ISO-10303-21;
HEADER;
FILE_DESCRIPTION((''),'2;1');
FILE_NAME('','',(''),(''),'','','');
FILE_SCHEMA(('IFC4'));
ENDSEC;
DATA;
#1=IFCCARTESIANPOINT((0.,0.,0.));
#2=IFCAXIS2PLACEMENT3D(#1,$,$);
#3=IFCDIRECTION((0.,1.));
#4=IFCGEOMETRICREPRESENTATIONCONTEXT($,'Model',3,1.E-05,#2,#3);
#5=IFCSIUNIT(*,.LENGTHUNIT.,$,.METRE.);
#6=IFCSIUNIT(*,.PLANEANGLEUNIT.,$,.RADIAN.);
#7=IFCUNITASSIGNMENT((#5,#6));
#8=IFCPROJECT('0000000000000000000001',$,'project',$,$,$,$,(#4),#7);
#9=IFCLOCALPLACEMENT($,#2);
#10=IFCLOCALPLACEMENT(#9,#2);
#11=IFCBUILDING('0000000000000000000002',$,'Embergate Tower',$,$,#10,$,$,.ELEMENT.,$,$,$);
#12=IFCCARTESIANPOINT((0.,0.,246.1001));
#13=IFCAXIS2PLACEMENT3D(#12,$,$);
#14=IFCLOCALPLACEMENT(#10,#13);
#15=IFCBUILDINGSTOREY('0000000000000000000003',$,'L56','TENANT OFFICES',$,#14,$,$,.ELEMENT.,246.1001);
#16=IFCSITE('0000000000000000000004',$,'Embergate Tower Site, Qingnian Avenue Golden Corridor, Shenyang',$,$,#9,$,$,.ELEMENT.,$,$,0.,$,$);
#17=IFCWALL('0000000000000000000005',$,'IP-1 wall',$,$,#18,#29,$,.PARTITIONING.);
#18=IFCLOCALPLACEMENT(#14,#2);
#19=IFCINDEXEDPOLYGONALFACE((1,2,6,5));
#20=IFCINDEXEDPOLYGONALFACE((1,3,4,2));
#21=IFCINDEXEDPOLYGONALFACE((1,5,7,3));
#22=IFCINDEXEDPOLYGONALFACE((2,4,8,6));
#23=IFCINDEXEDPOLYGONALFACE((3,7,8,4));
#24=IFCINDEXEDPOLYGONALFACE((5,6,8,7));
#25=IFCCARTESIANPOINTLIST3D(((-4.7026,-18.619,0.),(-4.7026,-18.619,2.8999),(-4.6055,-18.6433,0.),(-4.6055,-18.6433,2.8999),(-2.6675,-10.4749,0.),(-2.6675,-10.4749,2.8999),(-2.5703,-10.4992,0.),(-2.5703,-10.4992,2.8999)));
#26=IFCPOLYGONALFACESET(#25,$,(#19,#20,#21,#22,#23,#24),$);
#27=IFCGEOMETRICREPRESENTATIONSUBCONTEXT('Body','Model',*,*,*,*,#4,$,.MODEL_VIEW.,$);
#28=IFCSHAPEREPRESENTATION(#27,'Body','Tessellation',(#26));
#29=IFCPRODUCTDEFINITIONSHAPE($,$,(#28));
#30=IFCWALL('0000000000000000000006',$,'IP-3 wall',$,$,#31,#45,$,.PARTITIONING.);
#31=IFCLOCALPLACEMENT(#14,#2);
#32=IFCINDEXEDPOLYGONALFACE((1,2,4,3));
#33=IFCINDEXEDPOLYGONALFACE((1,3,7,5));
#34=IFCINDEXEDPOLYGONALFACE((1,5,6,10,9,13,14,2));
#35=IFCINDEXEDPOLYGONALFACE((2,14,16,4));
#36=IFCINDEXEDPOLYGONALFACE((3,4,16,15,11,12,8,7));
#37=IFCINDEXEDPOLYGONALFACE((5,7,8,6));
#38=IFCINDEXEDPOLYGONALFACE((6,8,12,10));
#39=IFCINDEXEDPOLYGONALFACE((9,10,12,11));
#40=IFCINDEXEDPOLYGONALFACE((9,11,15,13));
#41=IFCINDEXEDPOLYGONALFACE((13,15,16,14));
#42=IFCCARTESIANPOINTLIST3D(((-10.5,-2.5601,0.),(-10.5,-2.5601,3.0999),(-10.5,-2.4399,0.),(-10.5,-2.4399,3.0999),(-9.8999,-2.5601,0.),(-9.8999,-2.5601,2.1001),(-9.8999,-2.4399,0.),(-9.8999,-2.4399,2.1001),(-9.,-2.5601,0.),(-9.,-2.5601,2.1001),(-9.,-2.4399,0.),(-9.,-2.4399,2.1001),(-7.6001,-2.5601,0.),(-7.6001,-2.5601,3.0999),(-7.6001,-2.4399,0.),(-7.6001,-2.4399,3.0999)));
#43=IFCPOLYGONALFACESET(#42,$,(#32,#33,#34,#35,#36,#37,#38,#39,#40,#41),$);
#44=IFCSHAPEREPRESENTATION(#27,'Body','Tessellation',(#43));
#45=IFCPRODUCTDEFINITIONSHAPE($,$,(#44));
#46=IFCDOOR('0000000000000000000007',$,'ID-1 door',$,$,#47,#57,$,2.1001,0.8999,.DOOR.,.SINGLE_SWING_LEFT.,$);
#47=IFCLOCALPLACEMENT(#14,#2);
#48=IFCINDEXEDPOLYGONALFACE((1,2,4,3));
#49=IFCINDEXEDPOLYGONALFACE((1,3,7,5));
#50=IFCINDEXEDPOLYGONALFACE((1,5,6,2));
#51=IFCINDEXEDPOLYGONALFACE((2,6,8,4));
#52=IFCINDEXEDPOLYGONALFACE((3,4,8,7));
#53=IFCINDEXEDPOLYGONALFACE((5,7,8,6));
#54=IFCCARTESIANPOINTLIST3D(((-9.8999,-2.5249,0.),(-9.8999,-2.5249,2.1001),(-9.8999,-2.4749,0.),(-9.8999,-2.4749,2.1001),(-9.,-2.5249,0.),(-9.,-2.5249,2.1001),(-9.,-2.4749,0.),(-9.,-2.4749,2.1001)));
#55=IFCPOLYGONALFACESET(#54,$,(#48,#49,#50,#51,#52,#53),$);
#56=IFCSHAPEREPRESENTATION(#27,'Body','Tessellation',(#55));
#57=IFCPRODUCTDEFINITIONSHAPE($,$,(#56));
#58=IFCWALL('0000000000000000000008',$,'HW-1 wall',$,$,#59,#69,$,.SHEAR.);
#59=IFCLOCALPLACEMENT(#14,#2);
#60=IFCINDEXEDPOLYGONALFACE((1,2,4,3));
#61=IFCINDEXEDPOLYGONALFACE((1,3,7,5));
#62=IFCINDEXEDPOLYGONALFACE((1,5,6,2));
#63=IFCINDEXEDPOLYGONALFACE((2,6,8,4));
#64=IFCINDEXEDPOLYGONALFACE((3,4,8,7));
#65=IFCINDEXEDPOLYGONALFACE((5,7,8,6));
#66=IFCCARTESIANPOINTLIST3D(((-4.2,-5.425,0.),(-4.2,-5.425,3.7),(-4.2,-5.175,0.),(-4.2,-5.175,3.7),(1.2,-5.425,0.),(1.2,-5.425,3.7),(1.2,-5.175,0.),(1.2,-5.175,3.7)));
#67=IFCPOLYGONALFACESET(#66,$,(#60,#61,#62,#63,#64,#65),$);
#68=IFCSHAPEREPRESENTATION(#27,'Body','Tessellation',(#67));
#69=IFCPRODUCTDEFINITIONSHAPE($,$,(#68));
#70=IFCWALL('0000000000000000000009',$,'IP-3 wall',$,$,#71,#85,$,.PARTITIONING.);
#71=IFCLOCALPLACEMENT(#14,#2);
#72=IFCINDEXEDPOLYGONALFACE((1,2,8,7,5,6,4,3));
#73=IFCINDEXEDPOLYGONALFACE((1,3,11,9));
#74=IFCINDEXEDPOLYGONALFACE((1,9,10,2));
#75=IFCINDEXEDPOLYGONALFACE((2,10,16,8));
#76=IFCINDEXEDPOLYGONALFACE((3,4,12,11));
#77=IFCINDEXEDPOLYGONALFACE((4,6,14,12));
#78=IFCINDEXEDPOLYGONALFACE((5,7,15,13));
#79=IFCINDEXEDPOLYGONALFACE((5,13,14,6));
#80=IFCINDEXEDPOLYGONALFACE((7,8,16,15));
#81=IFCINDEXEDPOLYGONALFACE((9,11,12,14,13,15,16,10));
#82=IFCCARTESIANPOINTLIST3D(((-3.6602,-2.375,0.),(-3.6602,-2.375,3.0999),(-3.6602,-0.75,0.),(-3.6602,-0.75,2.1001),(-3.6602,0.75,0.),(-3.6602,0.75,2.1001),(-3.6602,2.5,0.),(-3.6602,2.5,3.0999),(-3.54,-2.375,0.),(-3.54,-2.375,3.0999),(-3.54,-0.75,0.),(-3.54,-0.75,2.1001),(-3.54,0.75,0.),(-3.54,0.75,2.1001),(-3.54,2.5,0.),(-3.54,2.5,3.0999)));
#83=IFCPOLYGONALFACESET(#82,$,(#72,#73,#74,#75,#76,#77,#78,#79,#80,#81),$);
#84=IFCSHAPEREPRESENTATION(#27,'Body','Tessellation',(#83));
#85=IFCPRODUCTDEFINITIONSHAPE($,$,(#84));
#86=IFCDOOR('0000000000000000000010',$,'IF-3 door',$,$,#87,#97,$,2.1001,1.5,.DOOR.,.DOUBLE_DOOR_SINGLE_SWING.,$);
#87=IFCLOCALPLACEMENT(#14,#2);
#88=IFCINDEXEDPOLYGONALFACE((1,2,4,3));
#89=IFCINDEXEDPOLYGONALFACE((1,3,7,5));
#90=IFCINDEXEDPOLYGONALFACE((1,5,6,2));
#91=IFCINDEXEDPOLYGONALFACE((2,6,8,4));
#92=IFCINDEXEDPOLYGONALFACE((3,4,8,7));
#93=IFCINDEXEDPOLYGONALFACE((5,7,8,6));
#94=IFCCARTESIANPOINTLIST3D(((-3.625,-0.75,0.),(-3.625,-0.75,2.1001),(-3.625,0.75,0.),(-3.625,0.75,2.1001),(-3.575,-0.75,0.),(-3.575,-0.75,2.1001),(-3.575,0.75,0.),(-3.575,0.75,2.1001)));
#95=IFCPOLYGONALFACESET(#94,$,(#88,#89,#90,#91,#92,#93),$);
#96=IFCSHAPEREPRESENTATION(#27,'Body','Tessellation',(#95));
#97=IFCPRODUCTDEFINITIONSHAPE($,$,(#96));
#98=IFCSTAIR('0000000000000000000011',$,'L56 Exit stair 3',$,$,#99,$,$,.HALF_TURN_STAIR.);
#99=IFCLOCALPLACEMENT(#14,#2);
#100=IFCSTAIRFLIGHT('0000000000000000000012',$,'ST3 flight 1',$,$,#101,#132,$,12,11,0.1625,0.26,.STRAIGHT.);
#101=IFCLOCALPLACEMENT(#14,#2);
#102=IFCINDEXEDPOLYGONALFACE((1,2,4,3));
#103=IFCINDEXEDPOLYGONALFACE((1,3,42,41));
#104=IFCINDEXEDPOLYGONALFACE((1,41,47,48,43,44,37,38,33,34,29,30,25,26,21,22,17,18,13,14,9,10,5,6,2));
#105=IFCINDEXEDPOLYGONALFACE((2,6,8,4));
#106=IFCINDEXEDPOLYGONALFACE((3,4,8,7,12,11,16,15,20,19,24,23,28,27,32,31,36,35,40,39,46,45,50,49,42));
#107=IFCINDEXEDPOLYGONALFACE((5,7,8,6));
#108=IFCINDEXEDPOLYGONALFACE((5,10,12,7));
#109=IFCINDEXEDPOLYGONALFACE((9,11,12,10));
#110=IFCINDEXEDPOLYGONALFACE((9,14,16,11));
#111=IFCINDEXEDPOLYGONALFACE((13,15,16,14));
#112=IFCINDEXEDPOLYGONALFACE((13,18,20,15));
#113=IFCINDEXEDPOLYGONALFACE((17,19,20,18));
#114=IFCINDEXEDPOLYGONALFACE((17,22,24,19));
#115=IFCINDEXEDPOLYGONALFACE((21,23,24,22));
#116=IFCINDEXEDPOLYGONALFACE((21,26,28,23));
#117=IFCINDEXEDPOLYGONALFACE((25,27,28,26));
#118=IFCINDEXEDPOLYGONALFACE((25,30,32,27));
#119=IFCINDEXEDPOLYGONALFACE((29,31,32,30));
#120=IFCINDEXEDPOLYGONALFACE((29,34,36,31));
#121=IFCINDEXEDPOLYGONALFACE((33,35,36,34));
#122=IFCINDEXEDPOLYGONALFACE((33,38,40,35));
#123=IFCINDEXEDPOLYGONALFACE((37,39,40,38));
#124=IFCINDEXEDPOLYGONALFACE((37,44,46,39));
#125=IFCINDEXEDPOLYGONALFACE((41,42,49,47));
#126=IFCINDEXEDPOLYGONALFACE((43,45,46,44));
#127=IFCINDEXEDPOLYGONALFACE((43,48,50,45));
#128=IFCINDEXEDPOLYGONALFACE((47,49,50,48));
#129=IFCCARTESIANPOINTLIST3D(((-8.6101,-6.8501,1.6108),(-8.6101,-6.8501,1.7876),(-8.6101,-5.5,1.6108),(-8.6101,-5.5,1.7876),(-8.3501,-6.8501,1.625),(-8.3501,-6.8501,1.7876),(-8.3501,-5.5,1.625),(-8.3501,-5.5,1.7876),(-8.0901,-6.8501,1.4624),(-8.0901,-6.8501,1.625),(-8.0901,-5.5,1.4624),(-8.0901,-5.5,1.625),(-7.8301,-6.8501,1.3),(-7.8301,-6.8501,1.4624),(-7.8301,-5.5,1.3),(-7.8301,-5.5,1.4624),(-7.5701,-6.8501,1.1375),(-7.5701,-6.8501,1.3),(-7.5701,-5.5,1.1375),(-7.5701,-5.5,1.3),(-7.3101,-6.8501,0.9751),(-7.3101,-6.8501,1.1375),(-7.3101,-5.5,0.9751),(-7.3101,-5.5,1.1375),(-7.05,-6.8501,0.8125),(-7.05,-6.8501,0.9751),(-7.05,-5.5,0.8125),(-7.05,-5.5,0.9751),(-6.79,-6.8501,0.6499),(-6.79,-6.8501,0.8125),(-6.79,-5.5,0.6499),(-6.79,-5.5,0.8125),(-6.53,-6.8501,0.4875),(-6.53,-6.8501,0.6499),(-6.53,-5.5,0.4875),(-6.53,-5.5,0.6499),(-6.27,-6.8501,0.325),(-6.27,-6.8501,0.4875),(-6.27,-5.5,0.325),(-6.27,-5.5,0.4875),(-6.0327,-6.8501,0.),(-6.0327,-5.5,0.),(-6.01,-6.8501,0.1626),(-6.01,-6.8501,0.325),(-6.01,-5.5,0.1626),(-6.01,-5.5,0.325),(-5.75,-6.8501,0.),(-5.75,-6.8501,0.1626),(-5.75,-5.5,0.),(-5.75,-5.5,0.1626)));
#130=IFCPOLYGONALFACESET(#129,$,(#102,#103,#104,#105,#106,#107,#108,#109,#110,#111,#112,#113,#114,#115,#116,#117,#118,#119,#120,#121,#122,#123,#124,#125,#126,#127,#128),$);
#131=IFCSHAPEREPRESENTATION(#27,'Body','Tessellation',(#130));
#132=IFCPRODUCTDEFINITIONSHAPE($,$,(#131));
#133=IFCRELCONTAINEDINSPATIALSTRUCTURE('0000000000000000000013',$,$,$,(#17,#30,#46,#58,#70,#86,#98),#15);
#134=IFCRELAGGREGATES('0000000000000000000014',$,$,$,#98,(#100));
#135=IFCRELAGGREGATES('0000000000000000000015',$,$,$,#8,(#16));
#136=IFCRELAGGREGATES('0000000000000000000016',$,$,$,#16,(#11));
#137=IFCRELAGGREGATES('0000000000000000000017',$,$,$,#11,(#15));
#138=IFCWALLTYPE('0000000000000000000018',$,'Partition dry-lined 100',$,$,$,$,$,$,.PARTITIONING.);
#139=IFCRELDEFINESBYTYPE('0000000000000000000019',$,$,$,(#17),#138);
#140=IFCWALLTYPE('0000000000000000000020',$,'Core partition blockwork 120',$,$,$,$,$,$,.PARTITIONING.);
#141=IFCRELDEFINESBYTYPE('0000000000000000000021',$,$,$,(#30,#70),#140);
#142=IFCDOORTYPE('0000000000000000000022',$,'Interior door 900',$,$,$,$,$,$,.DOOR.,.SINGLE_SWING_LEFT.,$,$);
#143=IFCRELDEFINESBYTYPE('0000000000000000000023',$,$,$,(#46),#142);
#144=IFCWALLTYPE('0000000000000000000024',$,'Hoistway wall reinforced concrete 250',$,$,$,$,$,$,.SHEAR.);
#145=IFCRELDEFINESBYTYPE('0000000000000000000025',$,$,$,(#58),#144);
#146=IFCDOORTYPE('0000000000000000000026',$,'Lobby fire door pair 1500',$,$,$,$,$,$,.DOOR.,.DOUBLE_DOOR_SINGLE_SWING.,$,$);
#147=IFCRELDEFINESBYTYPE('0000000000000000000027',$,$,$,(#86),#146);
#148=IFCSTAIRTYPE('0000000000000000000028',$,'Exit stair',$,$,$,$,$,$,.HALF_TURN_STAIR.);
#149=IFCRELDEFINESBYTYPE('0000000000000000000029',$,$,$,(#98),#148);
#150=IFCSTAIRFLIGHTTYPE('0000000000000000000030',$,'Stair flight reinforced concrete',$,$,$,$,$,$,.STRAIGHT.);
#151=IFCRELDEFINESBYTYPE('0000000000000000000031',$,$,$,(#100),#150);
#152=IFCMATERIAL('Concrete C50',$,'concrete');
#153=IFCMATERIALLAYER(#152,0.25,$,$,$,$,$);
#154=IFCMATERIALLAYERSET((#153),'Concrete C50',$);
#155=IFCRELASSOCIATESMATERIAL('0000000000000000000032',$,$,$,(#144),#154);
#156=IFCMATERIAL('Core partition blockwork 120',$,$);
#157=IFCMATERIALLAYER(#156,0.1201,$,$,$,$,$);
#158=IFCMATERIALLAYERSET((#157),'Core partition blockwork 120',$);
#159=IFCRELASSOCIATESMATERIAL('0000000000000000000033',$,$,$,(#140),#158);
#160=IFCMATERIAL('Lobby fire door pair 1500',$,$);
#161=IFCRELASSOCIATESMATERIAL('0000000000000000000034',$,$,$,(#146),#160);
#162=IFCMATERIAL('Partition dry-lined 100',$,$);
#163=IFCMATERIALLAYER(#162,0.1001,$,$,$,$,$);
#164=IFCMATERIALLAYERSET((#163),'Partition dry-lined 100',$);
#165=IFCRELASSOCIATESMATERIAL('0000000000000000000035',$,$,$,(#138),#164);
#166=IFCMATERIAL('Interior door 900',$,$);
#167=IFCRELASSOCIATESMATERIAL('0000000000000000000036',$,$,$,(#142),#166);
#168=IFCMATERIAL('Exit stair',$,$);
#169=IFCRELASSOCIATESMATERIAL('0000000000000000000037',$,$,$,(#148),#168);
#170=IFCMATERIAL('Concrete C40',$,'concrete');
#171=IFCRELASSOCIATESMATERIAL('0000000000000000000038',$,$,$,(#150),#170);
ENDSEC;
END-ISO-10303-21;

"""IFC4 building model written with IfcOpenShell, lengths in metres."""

from ifc_helpers import new_model, si_unit, direction, frame, frame_2d, origin, place, context, subcontext, project, spatial, polyline, rectangle, outline, extrude, source, transform, mapped, material, layer, layer_set, type_object, element, fill, aggregate, save


model = new_model("IFC4")

# Units and contexts
model_context = context("Model", 3, precision=1e-05, world=origin(), true_north=direction((0.0, 1.0)))
body_context = subcontext(model_context, "Body", "Model", "MODEL_VIEW")
ifc_project = project(units=[si_unit("LENGTHUNIT", "METRE"), si_unit("PLANEANGLEUNIT", "RADIAN")], contexts=[model_context])

# Site, building, storey
site_placement = place(None, origin())
site = spatial("IfcSite", under=ifc_project, at=site_placement, Name="Embergate Tower Site, Qingnian Avenue Golden Corridor, Shenyang", CompositionType="ELEMENT", RefElevation=0.0)
building_placement = place(site_placement, origin())
building = spatial("IfcBuilding", under=site, at=building_placement, Name="Embergate Tower", CompositionType="ELEMENT")
storey_placement = place(building_placement, frame((0.0, 0.0, 246.1001)))
storey = spatial("IfcBuildingStorey", under=building, at=storey_placement, Name="L56", Description="TENANT OFFICES", CompositionType="ELEMENT", Elevation=246.1001)

# Shared definitions
ifc_material_1 = material(Name="Concrete C50", Category="concrete")
ifc_layer_1 = layer(ifc_material_1, 0.25)
ifc_layer_set_1 = layer_set([ifc_layer_1], Name="Concrete C50")
wall_type_1 = type_object("IfcWallType", Name="Hoistway wall reinforced concrete 250", PredefinedType="SHEAR", material=ifc_layer_set_1)

# Shared definitions
ifc_material_2 = material(Name="Core partition blockwork 120")
ifc_layer_2 = layer(ifc_material_2, 0.1201)
ifc_layer_set_2 = layer_set([ifc_layer_2], Name="Core partition blockwork 120")
wall_type_2 = type_object("IfcWallType", Name="Core partition blockwork 120", PredefinedType="PARTITIONING", material=ifc_layer_set_2)
shared_shape_1 = source(origin(), body_context, "Body", "SweptSolid", [
    extrude(rectangle(XDim=1.5, YDim=2.1001, at=frame_2d((0.75, 1.05))), frame((0.0, 0.0701, 0.0), z_axis=(0.0, -1.0, 0.0), x_axis=(1.0, 0.0, 0.0)), (0.0, 0.0, 1.0), 0.1401),
])
ifc_material_3 = material(Name="Lobby fire door pair 1500")
door_type_1 = type_object("IfcDoorType", Name="Lobby fire door pair 1500", OperationType="DOUBLE_DOOR_SINGLE_SWING", PredefinedType="DOOR", material=ifc_material_3)
shared_shape_2 = source(origin(), body_context, "Body", "SweptSolid", [
    extrude(rectangle(XDim=1.5, YDim=2.1001, at=frame_2d((0.75, 1.05))), frame((0.0, 0.0249, 0.0), z_axis=(0.0, -1.0, 0.0), x_axis=(1.0, 0.0, 0.0)), (0.0, 0.0, 1.0), 0.05),
])

# Wall
ifc_material_4 = material(Name="Partition dry-lined 100")
ifc_layer_3 = layer(ifc_material_4, 0.1001)
ifc_layer_set_3 = layer_set([ifc_layer_3], Name="Partition dry-lined 100")
wall_type_3 = type_object("IfcWallType", Name="Partition dry-lined 100", PredefinedType="PARTITIONING", material=ifc_layer_set_3)
shared_shape_3 = source(origin(), body_context, "Body", "SweptSolid", [
    extrude(rectangle(XDim=8.3945, YDim=0.1001, at=frame_2d((4.1973, 0.0))), origin(), (0.0, 0.0, 1.0), 2.8999),
])
wall_1_placement = place(storey_placement, frame((-2.6189, -10.4871, 0.0), z_axis=(0.0, 0.0, 1.0), x_axis=(-0.24244, -0.970166, 0.0)))
element("IfcWall", 1, at=wall_1_placement, inside=storey, type_object=wall_type_3, Name="IP-1 wall", PredefinedType="PARTITIONING", context=body_context, shape_type="MappedRepresentation", body=[
    mapped(shared_shape_3, transform((0.0, 0.0, 0.0))),
])

# Wall, opening, door
shared_shape_4 = source(origin(), body_context, "Body", "SweptSolid", [
    extrude(rectangle(XDim=2.8999, YDim=0.1201, at=frame_2d((1.45, 0.0))), origin(), (0.0, 0.0, 1.0), 3.0999),
])
wall_2_placement = place(storey_placement, frame((-7.6001, -2.5, 0.0), z_axis=(0.0, 0.0, 1.0), x_axis=(-1.0, 0.0, 0.0)))
wall_2 = element("IfcWall", 2, at=wall_2_placement, inside=storey, type_object=wall_type_2, Name="IP-3 wall", PredefinedType="PARTITIONING", context=body_context, shape_type="MappedRepresentation", body=[
    mapped(shared_shape_4, transform((0.0, 0.0, 0.0))),
])
shared_shape_5 = source(origin(), body_context, "Body", "SweptSolid", [
    extrude(rectangle(XDim=0.8999, YDim=2.1001, at=frame_2d((0.45, 1.05))), frame((0.0, 0.0701, 0.0), z_axis=(0.0, -1.0, 0.0), x_axis=(1.0, 0.0, 0.0)), (0.0, 0.0, 1.0), 0.1401),
])
opening_1_placement = place(wall_2_placement, frame((1.3999, 0.0, 0.0)))
opening_1 = element("IfcOpeningElement", 3, at=opening_1_placement, cuts=wall_2, PredefinedType="OPENING", context=body_context, shape_type="MappedRepresentation", body=[
    mapped(shared_shape_5, transform((0.0, 0.0, 0.0))),
])
ifc_material_5 = material(Name="Interior door 900")
door_type_2 = type_object("IfcDoorType", Name="Interior door 900", OperationType="SINGLE_SWING_LEFT", PredefinedType="DOOR", material=ifc_material_5)
shared_shape_6 = source(origin(), body_context, "Body", "SweptSolid", [
    extrude(rectangle(XDim=0.8999, YDim=2.1001, at=frame_2d((0.45, 1.05))), frame((0.0, 0.0249, 0.0), z_axis=(0.0, -1.0, 0.0), x_axis=(1.0, 0.0, 0.0)), (0.0, 0.0, 1.0), 0.05),
])
door_1_placement = place(opening_1_placement, origin())
door_1 = element("IfcDoor", 4, at=door_1_placement, inside=storey, type_object=door_type_2, Name="ID-1 door", OperationType="SINGLE_SWING_LEFT", OverallHeight=2.1001, OverallWidth=0.8999, PredefinedType="DOOR", context=body_context, shape_type="MappedRepresentation", body=[
    mapped(shared_shape_6, transform((0.0, 0.0, 0.0))),
])
fill(opening_1, door_1)

# Wall
shared_shape_7 = source(origin(), body_context, "Body", "SweptSolid", [
    extrude(rectangle(XDim=5.3999, YDim=0.25, at=frame_2d((2.7, 0.0))), origin(), (0.0, 0.0, 1.0), 3.7),
])
wall_3_placement = place(storey_placement, frame((-4.2, -5.3, 0.0), z_axis=(0.0, 0.0, 1.0), x_axis=(1.0, 0.0, 0.0)))
element("IfcWall", 5, at=wall_3_placement, inside=storey, type_object=wall_type_1, Name="HW-1 wall", PredefinedType="SHEAR", context=body_context, shape_type="MappedRepresentation", body=[
    mapped(shared_shape_7, transform((0.0, 0.0, 0.0))),
])

# Wall, opening, door
shared_shape_8 = source(origin(), body_context, "Body", "SweptSolid", [
    extrude(rectangle(XDim=4.875, YDim=0.1201, at=frame_2d((2.4375, 0.0))), origin(), (0.0, 0.0, 1.0), 3.0999),
])
wall_4_placement = place(storey_placement, frame((-3.6001, -2.375, 0.0), z_axis=(0.0, 0.0, 1.0), x_axis=(0.0, 1.0, 0.0)))
wall_4 = element("IfcWall", 6, at=wall_4_placement, inside=storey, type_object=wall_type_2, Name="IP-3 wall", PredefinedType="PARTITIONING", context=body_context, shape_type="MappedRepresentation", body=[
    mapped(shared_shape_8, transform((0.0, 0.0, 0.0))),
])
opening_2_placement = place(wall_4_placement, frame((1.625, 0.0, 0.0)))
opening_2 = element("IfcOpeningElement", 7, at=opening_2_placement, cuts=wall_4, PredefinedType="OPENING", context=body_context, shape_type="MappedRepresentation", body=[
    mapped(shared_shape_1, transform((0.0, 0.0, 0.0))),
])
door_2_placement = place(opening_2_placement, origin())
door_2 = element("IfcDoor", 8, at=door_2_placement, inside=storey, type_object=door_type_1, Name="IF-3 door", OperationType="DOUBLE_DOOR_SINGLE_SWING", OverallHeight=2.1001, OverallWidth=1.5, PredefinedType="DOOR", context=body_context, shape_type="MappedRepresentation", body=[
    mapped(shared_shape_2, transform((0.0, 0.0, 0.0))),
])
fill(opening_2, door_2)

# Stair, stair flight
ifc_material_6 = material(Name="Exit stair")
stair_type = type_object("IfcStairType", Name="Exit stair", PredefinedType="HALF_TURN_STAIR", material=ifc_material_6)
stair_placement = place(storey_placement, origin())
stair = element("IfcStair", 9, at=stair_placement, inside=storey, type_object=stair_type, Name="L56 Exit stair 3", PredefinedType="HALF_TURN_STAIR")
ifc_material_7 = material(Name="Concrete C40", Category="concrete")
stair_flight_type = type_object("IfcStairFlightType", Name="Stair flight reinforced concrete", PredefinedType="STRAIGHT", material=ifc_material_7)
shared_shape_9 = source(origin(), body_context, "Body", "SweptSolid", [
    extrude(outline(polyline([(0.0, 0.0), (0.0, 0.1626), (0.26, 0.1626), (0.26, 0.325), (0.52, 0.325), (0.52, 0.4875), (0.78, 0.4875), (0.78, 0.6499), (1.04, 0.6499), (1.04, 0.8125), (1.3, 0.8125), (1.3, 0.9751), (1.5601, 0.9751), (1.5601, 1.1375), (1.8201, 1.1375), (1.8201, 1.3), (2.0801, 1.3), (2.0801, 1.4624), (2.3401, 1.4624), (2.3401, 1.625), (2.6001, 1.625), (2.6001, 1.7876), (2.8601, 1.7876), (2.8601, 1.95), (2.8601, 1.6108), (0.2827, 0.0), (0.0, 0.0)])), frame((0.0, 0.675, 0.0), z_axis=(0.0, -1.0, 0.0), x_axis=(1.0, 0.0, 0.0)), (0.0, 0.0, 1.0), 1.3501),
])
stair_flight_placement = place(storey_placement, frame((-5.75, -6.175, 0.0), z_axis=(0.0, 0.0, 1.0), x_axis=(-1.0, 0.0, 0.0)))
stair_flight = element("IfcStairFlight", 10, at=stair_flight_placement, type_object=stair_flight_type, Name="ST3 flight 1", NumberOfRisers=12, NumberOfTreads=11, PredefinedType="STRAIGHT", RiserHeight=0.1625, TreadLength=0.26, context=body_context, shape_type="MappedRepresentation", body=[
    mapped(shared_shape_9, transform((0.0, 0.0, 0.0))),
])
aggregate(stair, [stair_flight])

save(model, "model.ifc")
